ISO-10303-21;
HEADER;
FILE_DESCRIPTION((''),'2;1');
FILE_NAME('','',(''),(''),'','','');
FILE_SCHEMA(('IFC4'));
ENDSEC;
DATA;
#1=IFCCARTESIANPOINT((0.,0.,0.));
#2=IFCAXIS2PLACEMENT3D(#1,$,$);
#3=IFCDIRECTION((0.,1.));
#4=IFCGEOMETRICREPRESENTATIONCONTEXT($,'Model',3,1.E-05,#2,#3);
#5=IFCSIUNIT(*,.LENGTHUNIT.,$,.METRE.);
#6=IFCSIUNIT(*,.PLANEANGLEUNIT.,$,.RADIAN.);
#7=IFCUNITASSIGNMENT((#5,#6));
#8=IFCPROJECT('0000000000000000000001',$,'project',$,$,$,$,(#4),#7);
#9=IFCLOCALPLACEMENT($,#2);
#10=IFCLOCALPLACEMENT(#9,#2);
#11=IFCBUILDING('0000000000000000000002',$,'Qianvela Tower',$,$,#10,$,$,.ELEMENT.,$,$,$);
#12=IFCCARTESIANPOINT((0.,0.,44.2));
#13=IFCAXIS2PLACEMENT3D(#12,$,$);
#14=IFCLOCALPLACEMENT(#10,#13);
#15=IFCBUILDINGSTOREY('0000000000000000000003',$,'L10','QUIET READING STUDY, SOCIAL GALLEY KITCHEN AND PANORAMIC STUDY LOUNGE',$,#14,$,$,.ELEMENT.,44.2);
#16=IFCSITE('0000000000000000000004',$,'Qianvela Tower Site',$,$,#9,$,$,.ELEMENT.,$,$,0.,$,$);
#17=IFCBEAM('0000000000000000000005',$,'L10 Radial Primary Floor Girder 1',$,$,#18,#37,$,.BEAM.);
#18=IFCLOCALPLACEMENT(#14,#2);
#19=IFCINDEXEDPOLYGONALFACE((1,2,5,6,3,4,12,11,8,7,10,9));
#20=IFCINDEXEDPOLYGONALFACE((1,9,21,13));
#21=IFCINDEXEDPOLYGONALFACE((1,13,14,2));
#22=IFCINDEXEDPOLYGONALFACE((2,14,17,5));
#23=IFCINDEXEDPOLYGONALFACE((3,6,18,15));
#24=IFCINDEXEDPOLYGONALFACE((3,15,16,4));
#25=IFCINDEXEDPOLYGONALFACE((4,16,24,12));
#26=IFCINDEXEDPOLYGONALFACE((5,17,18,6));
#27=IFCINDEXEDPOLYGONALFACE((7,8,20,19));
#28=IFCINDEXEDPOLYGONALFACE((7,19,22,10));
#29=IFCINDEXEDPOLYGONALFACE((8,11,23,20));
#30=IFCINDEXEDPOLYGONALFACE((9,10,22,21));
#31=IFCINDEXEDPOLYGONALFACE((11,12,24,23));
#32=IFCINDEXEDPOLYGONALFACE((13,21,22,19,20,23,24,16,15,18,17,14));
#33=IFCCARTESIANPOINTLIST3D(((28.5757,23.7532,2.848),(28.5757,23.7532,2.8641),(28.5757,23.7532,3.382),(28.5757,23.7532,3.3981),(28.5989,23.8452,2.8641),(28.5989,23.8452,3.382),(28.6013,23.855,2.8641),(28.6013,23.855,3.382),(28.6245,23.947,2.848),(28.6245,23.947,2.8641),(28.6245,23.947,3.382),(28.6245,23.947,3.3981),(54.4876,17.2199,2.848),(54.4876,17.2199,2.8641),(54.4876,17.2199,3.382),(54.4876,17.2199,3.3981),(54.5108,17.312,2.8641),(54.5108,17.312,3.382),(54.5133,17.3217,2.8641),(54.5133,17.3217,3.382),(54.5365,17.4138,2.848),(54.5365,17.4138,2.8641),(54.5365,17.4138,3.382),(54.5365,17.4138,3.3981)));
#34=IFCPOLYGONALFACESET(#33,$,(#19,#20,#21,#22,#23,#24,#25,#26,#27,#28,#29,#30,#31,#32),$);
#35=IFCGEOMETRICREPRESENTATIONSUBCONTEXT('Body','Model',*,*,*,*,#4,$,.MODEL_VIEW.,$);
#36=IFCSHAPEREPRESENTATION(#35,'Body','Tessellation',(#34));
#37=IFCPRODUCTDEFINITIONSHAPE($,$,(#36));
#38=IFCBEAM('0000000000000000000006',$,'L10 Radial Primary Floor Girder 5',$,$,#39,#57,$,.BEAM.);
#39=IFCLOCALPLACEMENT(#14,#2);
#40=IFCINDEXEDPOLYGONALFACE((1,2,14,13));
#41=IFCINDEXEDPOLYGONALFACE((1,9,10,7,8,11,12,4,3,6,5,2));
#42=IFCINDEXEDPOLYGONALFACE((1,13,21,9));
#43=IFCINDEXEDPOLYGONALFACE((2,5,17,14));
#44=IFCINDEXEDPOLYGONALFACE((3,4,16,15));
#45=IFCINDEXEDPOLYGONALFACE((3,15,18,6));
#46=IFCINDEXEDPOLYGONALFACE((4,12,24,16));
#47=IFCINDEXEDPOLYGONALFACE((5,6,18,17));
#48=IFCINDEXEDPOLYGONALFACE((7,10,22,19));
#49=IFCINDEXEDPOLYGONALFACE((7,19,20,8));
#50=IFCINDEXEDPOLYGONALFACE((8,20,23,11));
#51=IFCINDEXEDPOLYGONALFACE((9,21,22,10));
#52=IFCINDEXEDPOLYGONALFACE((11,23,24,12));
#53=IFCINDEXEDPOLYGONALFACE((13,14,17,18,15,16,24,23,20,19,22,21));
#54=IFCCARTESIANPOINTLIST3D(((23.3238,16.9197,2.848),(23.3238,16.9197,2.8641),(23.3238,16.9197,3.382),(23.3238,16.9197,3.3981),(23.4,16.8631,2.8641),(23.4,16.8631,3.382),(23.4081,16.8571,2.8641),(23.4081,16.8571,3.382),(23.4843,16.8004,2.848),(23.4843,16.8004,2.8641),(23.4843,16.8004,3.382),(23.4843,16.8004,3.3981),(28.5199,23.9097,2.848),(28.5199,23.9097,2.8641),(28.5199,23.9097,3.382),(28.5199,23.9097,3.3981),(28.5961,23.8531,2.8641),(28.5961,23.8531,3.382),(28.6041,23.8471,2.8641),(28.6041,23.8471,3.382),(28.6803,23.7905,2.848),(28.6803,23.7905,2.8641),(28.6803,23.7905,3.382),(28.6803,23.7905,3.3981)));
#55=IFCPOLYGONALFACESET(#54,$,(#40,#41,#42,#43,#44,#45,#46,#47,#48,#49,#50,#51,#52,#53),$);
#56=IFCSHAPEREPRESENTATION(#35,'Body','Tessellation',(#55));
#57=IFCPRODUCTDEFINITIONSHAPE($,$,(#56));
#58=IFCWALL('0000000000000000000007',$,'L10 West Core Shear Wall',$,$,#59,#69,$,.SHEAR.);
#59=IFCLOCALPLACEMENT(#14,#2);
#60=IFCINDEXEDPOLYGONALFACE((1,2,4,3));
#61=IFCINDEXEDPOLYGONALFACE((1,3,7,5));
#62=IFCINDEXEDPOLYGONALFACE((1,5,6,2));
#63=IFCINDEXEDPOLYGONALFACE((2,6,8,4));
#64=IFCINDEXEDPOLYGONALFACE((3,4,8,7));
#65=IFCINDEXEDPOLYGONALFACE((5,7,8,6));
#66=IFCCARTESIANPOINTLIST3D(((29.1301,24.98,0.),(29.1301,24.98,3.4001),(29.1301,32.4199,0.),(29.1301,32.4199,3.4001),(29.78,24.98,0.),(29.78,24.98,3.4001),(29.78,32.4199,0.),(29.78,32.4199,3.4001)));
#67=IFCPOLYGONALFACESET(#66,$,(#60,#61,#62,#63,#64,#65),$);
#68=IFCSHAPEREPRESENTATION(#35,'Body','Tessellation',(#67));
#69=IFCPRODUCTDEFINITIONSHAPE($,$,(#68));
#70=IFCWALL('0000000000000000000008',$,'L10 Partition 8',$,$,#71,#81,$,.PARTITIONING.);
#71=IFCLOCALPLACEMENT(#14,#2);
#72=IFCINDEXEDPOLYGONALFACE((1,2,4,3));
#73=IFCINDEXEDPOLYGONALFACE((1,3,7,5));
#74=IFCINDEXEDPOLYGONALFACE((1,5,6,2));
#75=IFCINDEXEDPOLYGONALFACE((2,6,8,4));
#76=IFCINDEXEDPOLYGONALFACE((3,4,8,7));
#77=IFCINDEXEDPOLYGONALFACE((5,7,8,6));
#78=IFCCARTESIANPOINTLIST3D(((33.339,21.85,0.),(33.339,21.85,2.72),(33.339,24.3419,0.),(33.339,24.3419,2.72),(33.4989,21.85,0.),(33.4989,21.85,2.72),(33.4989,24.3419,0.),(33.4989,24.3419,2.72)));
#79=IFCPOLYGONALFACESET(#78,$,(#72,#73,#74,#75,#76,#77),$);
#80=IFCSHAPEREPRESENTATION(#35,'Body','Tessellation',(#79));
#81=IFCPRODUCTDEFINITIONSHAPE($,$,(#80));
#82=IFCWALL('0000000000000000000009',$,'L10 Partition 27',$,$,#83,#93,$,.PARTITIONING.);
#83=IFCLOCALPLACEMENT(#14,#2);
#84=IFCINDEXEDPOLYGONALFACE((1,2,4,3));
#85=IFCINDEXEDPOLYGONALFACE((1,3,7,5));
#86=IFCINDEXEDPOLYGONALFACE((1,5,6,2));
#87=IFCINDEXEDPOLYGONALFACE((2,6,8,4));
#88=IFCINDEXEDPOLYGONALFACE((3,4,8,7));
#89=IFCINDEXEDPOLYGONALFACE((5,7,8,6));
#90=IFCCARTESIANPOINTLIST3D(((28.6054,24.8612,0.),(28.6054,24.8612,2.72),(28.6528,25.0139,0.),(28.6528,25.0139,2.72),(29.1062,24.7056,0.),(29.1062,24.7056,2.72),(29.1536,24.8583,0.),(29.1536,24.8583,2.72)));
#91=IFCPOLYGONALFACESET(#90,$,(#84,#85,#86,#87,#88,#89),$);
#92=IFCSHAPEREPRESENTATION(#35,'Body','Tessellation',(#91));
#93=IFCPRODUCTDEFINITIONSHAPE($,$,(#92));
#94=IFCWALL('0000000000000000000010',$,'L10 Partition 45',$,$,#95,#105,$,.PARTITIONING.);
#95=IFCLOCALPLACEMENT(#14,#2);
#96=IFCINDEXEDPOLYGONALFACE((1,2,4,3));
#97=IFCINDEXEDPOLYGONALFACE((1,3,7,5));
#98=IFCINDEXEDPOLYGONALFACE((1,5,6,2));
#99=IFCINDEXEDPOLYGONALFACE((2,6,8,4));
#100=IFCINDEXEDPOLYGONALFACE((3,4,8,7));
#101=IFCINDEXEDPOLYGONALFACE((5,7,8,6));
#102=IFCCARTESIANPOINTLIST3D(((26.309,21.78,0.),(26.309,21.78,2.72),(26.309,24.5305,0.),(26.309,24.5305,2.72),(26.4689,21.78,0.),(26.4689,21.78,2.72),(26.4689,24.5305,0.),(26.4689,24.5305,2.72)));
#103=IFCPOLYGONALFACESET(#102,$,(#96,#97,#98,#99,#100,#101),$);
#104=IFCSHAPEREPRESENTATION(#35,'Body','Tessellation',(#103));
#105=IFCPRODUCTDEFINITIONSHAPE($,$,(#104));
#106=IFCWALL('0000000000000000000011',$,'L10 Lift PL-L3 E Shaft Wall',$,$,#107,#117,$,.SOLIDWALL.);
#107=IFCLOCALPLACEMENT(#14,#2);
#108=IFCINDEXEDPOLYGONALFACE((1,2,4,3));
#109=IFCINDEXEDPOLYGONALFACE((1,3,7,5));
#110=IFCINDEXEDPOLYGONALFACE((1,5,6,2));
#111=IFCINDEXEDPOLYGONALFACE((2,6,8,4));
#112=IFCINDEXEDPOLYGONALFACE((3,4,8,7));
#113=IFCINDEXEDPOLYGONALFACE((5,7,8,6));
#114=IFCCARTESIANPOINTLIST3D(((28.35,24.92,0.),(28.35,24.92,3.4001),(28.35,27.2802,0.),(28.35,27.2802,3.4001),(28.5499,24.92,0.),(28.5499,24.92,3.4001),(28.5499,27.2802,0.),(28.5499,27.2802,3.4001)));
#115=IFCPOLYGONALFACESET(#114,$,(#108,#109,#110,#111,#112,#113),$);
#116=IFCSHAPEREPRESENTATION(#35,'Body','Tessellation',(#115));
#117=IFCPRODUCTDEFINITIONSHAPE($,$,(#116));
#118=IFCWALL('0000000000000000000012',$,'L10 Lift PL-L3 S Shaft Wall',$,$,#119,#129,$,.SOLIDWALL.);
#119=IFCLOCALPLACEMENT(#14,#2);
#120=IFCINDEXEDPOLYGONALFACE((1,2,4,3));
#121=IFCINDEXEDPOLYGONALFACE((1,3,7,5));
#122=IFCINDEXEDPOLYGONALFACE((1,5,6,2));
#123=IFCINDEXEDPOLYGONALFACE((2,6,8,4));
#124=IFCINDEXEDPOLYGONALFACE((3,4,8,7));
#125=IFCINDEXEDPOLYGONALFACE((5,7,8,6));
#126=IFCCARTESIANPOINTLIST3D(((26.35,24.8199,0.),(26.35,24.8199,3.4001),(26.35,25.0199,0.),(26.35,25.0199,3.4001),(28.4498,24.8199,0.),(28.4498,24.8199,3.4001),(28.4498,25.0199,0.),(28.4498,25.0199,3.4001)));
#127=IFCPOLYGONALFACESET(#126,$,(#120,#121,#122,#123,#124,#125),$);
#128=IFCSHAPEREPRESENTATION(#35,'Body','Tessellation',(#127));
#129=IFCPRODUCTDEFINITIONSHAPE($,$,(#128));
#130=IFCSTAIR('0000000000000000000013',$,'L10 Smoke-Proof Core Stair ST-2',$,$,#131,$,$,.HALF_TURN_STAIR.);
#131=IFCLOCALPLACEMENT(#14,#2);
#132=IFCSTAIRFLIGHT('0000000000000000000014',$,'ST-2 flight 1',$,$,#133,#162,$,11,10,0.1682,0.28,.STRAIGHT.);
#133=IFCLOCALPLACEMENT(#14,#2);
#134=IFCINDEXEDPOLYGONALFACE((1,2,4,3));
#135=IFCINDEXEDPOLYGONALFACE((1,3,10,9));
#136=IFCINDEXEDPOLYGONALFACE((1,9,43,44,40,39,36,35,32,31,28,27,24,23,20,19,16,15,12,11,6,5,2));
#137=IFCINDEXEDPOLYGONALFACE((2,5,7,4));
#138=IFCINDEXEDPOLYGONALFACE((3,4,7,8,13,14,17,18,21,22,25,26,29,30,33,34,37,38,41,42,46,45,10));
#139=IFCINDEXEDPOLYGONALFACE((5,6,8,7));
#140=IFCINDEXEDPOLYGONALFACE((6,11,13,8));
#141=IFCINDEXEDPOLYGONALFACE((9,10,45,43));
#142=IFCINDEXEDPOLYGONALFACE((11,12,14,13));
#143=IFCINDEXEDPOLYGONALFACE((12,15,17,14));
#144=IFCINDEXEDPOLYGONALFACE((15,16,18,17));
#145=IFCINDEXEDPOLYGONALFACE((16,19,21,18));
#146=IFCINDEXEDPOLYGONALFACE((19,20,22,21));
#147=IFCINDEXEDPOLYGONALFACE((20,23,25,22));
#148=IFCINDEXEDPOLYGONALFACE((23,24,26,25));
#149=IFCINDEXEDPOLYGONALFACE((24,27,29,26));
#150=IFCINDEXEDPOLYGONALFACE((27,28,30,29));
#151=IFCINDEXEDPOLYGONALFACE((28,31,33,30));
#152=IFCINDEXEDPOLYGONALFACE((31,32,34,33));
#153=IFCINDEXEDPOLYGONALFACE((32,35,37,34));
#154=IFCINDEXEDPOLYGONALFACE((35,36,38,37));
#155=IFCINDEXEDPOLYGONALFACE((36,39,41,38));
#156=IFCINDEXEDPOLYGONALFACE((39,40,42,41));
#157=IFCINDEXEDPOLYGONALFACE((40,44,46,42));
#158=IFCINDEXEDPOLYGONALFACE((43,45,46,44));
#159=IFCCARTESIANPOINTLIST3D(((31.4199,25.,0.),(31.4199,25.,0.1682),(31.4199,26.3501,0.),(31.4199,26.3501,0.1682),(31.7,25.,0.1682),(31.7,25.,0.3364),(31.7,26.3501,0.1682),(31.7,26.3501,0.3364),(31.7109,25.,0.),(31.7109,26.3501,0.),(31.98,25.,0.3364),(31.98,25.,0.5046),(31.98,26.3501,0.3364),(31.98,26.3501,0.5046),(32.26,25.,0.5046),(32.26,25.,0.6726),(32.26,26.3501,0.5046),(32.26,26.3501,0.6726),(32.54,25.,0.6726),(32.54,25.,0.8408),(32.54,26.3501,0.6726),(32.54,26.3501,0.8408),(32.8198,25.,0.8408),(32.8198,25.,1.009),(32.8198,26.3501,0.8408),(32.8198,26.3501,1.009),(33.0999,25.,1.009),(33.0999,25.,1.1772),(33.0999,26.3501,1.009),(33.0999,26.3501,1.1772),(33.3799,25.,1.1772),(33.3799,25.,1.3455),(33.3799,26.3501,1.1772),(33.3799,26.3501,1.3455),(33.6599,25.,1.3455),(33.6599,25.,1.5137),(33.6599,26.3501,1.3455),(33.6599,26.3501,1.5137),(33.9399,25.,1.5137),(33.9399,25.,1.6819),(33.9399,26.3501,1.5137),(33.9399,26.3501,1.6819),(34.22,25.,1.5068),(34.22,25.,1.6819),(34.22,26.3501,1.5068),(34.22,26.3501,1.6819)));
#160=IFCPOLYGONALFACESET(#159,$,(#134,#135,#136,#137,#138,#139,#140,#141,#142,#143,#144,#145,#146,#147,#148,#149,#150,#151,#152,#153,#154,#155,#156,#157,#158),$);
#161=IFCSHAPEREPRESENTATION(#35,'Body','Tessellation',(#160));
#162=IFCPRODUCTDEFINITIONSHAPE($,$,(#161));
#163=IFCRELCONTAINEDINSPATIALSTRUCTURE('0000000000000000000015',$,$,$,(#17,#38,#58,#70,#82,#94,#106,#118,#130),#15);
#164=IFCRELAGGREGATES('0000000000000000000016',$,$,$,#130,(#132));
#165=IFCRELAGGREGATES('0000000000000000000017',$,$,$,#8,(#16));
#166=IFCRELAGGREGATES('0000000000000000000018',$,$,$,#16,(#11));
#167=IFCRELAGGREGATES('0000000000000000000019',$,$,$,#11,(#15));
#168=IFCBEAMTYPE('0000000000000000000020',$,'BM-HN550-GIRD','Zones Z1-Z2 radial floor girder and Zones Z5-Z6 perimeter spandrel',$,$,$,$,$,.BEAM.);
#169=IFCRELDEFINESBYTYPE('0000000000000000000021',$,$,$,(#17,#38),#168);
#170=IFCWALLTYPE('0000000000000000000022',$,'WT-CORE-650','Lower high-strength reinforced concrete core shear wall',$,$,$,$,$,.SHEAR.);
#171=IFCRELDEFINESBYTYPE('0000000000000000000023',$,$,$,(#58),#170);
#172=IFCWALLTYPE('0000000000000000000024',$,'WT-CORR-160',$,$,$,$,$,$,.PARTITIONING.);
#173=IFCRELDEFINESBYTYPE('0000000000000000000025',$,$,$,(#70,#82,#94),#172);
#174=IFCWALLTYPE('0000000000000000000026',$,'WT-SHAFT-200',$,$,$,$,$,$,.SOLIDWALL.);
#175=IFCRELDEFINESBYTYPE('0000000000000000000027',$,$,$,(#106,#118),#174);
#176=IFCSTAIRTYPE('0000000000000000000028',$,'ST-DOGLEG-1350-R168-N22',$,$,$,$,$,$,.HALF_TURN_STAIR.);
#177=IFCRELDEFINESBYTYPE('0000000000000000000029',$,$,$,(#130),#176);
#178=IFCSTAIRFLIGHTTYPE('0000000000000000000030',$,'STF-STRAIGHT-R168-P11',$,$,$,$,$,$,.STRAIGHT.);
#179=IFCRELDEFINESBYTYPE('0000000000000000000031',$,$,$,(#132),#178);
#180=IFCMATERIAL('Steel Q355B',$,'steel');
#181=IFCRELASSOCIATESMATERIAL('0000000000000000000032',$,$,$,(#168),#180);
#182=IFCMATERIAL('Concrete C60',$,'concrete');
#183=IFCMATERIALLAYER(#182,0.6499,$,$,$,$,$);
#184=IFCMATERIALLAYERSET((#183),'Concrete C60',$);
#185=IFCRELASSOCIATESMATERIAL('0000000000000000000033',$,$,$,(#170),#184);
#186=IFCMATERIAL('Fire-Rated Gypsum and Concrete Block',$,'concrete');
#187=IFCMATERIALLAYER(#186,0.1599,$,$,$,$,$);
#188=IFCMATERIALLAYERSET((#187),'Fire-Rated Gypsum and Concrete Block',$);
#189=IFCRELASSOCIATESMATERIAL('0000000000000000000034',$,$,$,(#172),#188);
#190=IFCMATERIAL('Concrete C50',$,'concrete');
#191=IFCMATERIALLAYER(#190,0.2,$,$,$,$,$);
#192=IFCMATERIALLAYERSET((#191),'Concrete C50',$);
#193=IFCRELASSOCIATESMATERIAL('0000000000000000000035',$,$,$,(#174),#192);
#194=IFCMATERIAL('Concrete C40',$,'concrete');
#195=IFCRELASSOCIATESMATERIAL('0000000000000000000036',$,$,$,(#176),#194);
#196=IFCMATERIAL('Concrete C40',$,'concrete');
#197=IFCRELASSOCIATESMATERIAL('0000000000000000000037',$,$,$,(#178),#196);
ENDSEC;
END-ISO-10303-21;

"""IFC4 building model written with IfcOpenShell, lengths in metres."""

from ifc_helpers import new_model, si_unit, direction, frame, frame_2d, origin, origin_2d, place, context, subcontext, project, spatial, polyline, rectangle, i_section, outline, extrude, material, layer, layer_set, material_profile, profile_set, type_object, element, aggregate, save


model = new_model("IFC4")

# Units and contexts
model_context = context("Model", 3, precision=1e-05, world=origin(), true_north=direction((0.0, 1.0)))
body_context = subcontext(model_context, "Body", "Model", "MODEL_VIEW")
ifc_project = project(units=[si_unit("LENGTHUNIT", "METRE"), si_unit("PLANEANGLEUNIT", "RADIAN")], contexts=[model_context])

# Site, building, storey
site_placement = place(None, origin())
site = spatial("IfcSite", under=ifc_project, at=site_placement, Name="Qianvela Tower Site", CompositionType="ELEMENT", RefElevation=0.0)
building_placement = place(site_placement, origin())
building = spatial("IfcBuilding", under=site, at=building_placement, Name="Qianvela Tower", CompositionType="ELEMENT")
storey_placement = place(building_placement, frame((0.0, 0.0, 44.2)))
storey = spatial("IfcBuildingStorey", under=building, at=storey_placement, Name="L10", Description="QUIET READING STUDY, SOCIAL GALLEY KITCHEN AND PANORAMIC STUDY LOUNGE", CompositionType="ELEMENT", Elevation=44.2)

# Beams
ifc_material_1 = material(Name="Steel Q355B", Category="steel")
ifc_material_profile = material_profile(ifc_material_1, i_section(OverallWidth=0.2, OverallDepth=0.55, WebThickness=0.01, FlangeThickness=0.0161, at=origin_2d()), Name="HN550x200x10x16")
ifc_profile_set = profile_set([ifc_material_profile], Name="Steel Q355B")
beam_type = type_object("IfcBeamType", Name="BM-HN550-GIRD", Description="Zones Z1-Z2 radial floor girder and Zones Z5-Z6 perimeter spandrel", PredefinedType="BEAM", material=ifc_profile_set)
beam_1_placement = place(storey_placement, frame((28.6001, 23.8501, 3.123), z_axis=(0.969654, -0.244481, 0.0), x_axis=(0.244481, 0.969654, 0.0)))
element("IfcBeam", 1, at=beam_1_placement, inside=storey, type_object=beam_type, Name="L10 Radial Primary Floor Girder 1", PredefinedType="BEAM", context=body_context, shape_type="SweptSolid", body=[
    extrude(i_section(OverallWidth=0.2, OverallDepth=0.55, WebThickness=0.01, FlangeThickness=0.0161, at=origin_2d()), origin(), (0.0, 0.0, 1.0), 26.7229),
])
beam_2_placement = place(storey_placement, frame((28.6001, 23.8501, 3.123), z_axis=(-0.596581, -0.802553, 0.0), x_axis=(0.802553, -0.596581, 0.0)))
element("IfcBeam", 2, at=beam_2_placement, inside=storey, type_object=beam_type, Name="L10 Radial Primary Floor Girder 5", PredefinedType="BEAM", context=body_context, shape_type="SweptSolid", body=[
    extrude(i_section(OverallWidth=0.2, OverallDepth=0.55, WebThickness=0.01, FlangeThickness=0.0161, at=origin_2d()), origin(), (0.0, 0.0, 1.0), 8.7097),
])

# Shared definitions
ifc_material_2 = material(Name="Concrete C60", Category="concrete")
ifc_layer_1 = layer(ifc_material_2, 0.6499)
ifc_layer_set_1 = layer_set([ifc_layer_1], Name="Concrete C60")
wall_type_1 = type_object("IfcWallType", Name="WT-CORE-650", Description="Lower high-strength reinforced concrete core shear wall", PredefinedType="SHEAR", material=ifc_layer_set_1)

# Walls
wall_1_placement = place(storey_placement, frame((29.4551, 24.98, 0.0), z_axis=(0.0, 0.0, 1.0), x_axis=(0.0, 1.0, 0.0)))
element("IfcWall", 3, at=wall_1_placement, inside=storey, type_object=wall_type_1, Name="L10 West Core Shear Wall", PredefinedType="SHEAR", context=body_context, shape_type="SweptSolid", body=[
    extrude(rectangle(XDim=7.4399, YDim=0.6499, at=frame_2d((3.72, 0.0))), origin(), (0.0, 0.0, 1.0), 3.4001),
])
ifc_material_3 = material(Name="Fire-Rated Gypsum and Concrete Block", Category="concrete")
ifc_layer_2 = layer(ifc_material_3, 0.1599)
ifc_layer_set_2 = layer_set([ifc_layer_2], Name="Fire-Rated Gypsum and Concrete Block")
wall_type_2 = type_object("IfcWallType", Name="WT-CORR-160", PredefinedType="PARTITIONING", material=ifc_layer_set_2)
wall_2_placement = place(storey_placement, frame((33.4189, 24.342, 0.0), z_axis=(0.0, 0.0, 1.0), x_axis=(0.0, -1.0, 0.0)))
element("IfcWall", 4, at=wall_2_placement, inside=storey, type_object=wall_type_2, Name="L10 Partition 8", PredefinedType="PARTITIONING", context=body_context, shape_type="SweptSolid", body=[
    extrude(rectangle(XDim=2.4919, YDim=0.1599, at=frame_2d((1.2461, 0.0))), origin(), (0.0, 0.0, 1.0), 2.72),
])
wall_3_placement = place(storey_placement, frame((29.1299, 24.782, 0.0), z_axis=(0.0, 0.0, 1.0), x_axis=(-0.955, 0.296604, 0.0)))
element("IfcWall", 5, at=wall_3_placement, inside=storey, type_object=wall_type_2, Name="L10 Partition 27", PredefinedType="PARTITIONING", context=body_context, shape_type="SweptSolid", body=[
    extrude(rectangle(XDim=0.5244, YDim=0.1599, at=frame_2d((0.2622, 0.0))), origin(), (0.0, 0.0, 1.0), 2.72),
])
wall_4_placement = place(storey_placement, frame((26.3889, 24.5305, 0.0), z_axis=(0.0, 0.0, 1.0), x_axis=(0.0, -1.0, 0.0)))
element("IfcWall", 6, at=wall_4_placement, inside=storey, type_object=wall_type_2, Name="L10 Partition 45", PredefinedType="PARTITIONING", context=body_context, shape_type="SweptSolid", body=[
    extrude(rectangle(XDim=2.7505, YDim=0.1599, at=frame_2d((1.3752, 0.0))), origin(), (0.0, 0.0, 1.0), 2.72),
])
ifc_material_4 = material(Name="Concrete C50", Category="concrete")
ifc_layer_3 = layer(ifc_material_4, 0.2)
ifc_layer_set_3 = layer_set([ifc_layer_3], Name="Concrete C50")
wall_type_3 = type_object("IfcWallType", Name="WT-SHAFT-200", PredefinedType="SOLIDWALL", material=ifc_layer_set_3)
wall_5_placement = place(storey_placement, frame((28.45, 24.9199, 0.0), z_axis=(0.0, 0.0, 1.0), x_axis=(0.0, 1.0, 0.0)))
element("IfcWall", 7, at=wall_5_placement, inside=storey, type_object=wall_type_3, Name="L10 Lift PL-L3 E Shaft Wall", PredefinedType="SOLIDWALL", context=body_context, shape_type="SweptSolid", body=[
    extrude(rectangle(XDim=2.3601, YDim=0.2, at=frame_2d((1.1802, 0.0))), origin(), (0.0, 0.0, 1.0), 3.4001),
])

# Wall
wall_6_placement = place(storey_placement, frame((26.3501, 24.9199, 0.0), z_axis=(0.0, 0.0, 1.0), x_axis=(1.0, 0.0, 0.0)))
element("IfcWall", 8, at=wall_6_placement, inside=storey, type_object=wall_type_3, Name="L10 Lift PL-L3 S Shaft Wall", PredefinedType="SOLIDWALL", context=body_context, shape_type="SweptSolid", body=[
    extrude(rectangle(XDim=2.0999, YDim=0.2, at=frame_2d((1.0498, 0.0))), origin(), (0.0, 0.0, 1.0), 3.4001),
])

# Stair, stair flight
ifc_material_5 = material(Name="Concrete C40", Category="concrete")
stair_type = type_object("IfcStairType", Name="ST-DOGLEG-1350-R168-N22", PredefinedType="HALF_TURN_STAIR", material=ifc_material_5)
stair_placement = place(storey_placement, origin())
stair = element("IfcStair", 9, at=stair_placement, inside=storey, type_object=stair_type, Name="L10 Smoke-Proof Core Stair ST-2", PredefinedType="HALF_TURN_STAIR")
ifc_material_6 = material(Name="Concrete C40", Category="concrete")
stair_flight_type = type_object("IfcStairFlightType", Name="STF-STRAIGHT-R168-P11", PredefinedType="STRAIGHT", material=ifc_material_6)
stair_flight_1_placement = place(storey_placement, frame((31.4199, 25.675, 0.0), z_axis=(0.0, 0.0, 1.0), x_axis=(1.0, 0.0, 0.0)))
stair_flight_1 = element("IfcStairFlight", 10, at=stair_flight_1_placement, type_object=stair_flight_type, Name="ST-2 flight 1", NumberOfRisers=11, NumberOfTreads=10, PredefinedType="STRAIGHT", RiserHeight=0.1682, TreadLength=0.28, context=body_context, shape_type="SweptSolid", body=[
    extrude(outline(polyline([(0.0, 0.0), (0.0, 0.1682), (0.28, 0.1682), (0.28, 0.3364), (0.5601, 0.3364), (0.5601, 0.5046), (0.8401, 0.5046), (0.8401, 0.6726), (1.1201, 0.6726), (1.1201, 0.8408), (1.3999, 0.8408), (1.3999, 1.009), (1.6799, 1.009), (1.6799, 1.1772), (1.96, 1.1772), (1.96, 1.3455), (2.24, 1.3455), (2.24, 1.5137), (2.52, 1.5137), (2.52, 1.6819), (2.8, 1.6819), (2.8, 1.8501), (2.8, 1.5068), (0.291, 0.0), (0.0, 0.0)])), frame((0.0, 0.675, 0.0), z_axis=(0.0, -1.0, 0.0), x_axis=(1.0, 0.0, 0.0)), (0.0, 0.0, 1.0), 1.3501),
])
aggregate(stair, [stair_flight_1])

save(model, "model.ifc")
